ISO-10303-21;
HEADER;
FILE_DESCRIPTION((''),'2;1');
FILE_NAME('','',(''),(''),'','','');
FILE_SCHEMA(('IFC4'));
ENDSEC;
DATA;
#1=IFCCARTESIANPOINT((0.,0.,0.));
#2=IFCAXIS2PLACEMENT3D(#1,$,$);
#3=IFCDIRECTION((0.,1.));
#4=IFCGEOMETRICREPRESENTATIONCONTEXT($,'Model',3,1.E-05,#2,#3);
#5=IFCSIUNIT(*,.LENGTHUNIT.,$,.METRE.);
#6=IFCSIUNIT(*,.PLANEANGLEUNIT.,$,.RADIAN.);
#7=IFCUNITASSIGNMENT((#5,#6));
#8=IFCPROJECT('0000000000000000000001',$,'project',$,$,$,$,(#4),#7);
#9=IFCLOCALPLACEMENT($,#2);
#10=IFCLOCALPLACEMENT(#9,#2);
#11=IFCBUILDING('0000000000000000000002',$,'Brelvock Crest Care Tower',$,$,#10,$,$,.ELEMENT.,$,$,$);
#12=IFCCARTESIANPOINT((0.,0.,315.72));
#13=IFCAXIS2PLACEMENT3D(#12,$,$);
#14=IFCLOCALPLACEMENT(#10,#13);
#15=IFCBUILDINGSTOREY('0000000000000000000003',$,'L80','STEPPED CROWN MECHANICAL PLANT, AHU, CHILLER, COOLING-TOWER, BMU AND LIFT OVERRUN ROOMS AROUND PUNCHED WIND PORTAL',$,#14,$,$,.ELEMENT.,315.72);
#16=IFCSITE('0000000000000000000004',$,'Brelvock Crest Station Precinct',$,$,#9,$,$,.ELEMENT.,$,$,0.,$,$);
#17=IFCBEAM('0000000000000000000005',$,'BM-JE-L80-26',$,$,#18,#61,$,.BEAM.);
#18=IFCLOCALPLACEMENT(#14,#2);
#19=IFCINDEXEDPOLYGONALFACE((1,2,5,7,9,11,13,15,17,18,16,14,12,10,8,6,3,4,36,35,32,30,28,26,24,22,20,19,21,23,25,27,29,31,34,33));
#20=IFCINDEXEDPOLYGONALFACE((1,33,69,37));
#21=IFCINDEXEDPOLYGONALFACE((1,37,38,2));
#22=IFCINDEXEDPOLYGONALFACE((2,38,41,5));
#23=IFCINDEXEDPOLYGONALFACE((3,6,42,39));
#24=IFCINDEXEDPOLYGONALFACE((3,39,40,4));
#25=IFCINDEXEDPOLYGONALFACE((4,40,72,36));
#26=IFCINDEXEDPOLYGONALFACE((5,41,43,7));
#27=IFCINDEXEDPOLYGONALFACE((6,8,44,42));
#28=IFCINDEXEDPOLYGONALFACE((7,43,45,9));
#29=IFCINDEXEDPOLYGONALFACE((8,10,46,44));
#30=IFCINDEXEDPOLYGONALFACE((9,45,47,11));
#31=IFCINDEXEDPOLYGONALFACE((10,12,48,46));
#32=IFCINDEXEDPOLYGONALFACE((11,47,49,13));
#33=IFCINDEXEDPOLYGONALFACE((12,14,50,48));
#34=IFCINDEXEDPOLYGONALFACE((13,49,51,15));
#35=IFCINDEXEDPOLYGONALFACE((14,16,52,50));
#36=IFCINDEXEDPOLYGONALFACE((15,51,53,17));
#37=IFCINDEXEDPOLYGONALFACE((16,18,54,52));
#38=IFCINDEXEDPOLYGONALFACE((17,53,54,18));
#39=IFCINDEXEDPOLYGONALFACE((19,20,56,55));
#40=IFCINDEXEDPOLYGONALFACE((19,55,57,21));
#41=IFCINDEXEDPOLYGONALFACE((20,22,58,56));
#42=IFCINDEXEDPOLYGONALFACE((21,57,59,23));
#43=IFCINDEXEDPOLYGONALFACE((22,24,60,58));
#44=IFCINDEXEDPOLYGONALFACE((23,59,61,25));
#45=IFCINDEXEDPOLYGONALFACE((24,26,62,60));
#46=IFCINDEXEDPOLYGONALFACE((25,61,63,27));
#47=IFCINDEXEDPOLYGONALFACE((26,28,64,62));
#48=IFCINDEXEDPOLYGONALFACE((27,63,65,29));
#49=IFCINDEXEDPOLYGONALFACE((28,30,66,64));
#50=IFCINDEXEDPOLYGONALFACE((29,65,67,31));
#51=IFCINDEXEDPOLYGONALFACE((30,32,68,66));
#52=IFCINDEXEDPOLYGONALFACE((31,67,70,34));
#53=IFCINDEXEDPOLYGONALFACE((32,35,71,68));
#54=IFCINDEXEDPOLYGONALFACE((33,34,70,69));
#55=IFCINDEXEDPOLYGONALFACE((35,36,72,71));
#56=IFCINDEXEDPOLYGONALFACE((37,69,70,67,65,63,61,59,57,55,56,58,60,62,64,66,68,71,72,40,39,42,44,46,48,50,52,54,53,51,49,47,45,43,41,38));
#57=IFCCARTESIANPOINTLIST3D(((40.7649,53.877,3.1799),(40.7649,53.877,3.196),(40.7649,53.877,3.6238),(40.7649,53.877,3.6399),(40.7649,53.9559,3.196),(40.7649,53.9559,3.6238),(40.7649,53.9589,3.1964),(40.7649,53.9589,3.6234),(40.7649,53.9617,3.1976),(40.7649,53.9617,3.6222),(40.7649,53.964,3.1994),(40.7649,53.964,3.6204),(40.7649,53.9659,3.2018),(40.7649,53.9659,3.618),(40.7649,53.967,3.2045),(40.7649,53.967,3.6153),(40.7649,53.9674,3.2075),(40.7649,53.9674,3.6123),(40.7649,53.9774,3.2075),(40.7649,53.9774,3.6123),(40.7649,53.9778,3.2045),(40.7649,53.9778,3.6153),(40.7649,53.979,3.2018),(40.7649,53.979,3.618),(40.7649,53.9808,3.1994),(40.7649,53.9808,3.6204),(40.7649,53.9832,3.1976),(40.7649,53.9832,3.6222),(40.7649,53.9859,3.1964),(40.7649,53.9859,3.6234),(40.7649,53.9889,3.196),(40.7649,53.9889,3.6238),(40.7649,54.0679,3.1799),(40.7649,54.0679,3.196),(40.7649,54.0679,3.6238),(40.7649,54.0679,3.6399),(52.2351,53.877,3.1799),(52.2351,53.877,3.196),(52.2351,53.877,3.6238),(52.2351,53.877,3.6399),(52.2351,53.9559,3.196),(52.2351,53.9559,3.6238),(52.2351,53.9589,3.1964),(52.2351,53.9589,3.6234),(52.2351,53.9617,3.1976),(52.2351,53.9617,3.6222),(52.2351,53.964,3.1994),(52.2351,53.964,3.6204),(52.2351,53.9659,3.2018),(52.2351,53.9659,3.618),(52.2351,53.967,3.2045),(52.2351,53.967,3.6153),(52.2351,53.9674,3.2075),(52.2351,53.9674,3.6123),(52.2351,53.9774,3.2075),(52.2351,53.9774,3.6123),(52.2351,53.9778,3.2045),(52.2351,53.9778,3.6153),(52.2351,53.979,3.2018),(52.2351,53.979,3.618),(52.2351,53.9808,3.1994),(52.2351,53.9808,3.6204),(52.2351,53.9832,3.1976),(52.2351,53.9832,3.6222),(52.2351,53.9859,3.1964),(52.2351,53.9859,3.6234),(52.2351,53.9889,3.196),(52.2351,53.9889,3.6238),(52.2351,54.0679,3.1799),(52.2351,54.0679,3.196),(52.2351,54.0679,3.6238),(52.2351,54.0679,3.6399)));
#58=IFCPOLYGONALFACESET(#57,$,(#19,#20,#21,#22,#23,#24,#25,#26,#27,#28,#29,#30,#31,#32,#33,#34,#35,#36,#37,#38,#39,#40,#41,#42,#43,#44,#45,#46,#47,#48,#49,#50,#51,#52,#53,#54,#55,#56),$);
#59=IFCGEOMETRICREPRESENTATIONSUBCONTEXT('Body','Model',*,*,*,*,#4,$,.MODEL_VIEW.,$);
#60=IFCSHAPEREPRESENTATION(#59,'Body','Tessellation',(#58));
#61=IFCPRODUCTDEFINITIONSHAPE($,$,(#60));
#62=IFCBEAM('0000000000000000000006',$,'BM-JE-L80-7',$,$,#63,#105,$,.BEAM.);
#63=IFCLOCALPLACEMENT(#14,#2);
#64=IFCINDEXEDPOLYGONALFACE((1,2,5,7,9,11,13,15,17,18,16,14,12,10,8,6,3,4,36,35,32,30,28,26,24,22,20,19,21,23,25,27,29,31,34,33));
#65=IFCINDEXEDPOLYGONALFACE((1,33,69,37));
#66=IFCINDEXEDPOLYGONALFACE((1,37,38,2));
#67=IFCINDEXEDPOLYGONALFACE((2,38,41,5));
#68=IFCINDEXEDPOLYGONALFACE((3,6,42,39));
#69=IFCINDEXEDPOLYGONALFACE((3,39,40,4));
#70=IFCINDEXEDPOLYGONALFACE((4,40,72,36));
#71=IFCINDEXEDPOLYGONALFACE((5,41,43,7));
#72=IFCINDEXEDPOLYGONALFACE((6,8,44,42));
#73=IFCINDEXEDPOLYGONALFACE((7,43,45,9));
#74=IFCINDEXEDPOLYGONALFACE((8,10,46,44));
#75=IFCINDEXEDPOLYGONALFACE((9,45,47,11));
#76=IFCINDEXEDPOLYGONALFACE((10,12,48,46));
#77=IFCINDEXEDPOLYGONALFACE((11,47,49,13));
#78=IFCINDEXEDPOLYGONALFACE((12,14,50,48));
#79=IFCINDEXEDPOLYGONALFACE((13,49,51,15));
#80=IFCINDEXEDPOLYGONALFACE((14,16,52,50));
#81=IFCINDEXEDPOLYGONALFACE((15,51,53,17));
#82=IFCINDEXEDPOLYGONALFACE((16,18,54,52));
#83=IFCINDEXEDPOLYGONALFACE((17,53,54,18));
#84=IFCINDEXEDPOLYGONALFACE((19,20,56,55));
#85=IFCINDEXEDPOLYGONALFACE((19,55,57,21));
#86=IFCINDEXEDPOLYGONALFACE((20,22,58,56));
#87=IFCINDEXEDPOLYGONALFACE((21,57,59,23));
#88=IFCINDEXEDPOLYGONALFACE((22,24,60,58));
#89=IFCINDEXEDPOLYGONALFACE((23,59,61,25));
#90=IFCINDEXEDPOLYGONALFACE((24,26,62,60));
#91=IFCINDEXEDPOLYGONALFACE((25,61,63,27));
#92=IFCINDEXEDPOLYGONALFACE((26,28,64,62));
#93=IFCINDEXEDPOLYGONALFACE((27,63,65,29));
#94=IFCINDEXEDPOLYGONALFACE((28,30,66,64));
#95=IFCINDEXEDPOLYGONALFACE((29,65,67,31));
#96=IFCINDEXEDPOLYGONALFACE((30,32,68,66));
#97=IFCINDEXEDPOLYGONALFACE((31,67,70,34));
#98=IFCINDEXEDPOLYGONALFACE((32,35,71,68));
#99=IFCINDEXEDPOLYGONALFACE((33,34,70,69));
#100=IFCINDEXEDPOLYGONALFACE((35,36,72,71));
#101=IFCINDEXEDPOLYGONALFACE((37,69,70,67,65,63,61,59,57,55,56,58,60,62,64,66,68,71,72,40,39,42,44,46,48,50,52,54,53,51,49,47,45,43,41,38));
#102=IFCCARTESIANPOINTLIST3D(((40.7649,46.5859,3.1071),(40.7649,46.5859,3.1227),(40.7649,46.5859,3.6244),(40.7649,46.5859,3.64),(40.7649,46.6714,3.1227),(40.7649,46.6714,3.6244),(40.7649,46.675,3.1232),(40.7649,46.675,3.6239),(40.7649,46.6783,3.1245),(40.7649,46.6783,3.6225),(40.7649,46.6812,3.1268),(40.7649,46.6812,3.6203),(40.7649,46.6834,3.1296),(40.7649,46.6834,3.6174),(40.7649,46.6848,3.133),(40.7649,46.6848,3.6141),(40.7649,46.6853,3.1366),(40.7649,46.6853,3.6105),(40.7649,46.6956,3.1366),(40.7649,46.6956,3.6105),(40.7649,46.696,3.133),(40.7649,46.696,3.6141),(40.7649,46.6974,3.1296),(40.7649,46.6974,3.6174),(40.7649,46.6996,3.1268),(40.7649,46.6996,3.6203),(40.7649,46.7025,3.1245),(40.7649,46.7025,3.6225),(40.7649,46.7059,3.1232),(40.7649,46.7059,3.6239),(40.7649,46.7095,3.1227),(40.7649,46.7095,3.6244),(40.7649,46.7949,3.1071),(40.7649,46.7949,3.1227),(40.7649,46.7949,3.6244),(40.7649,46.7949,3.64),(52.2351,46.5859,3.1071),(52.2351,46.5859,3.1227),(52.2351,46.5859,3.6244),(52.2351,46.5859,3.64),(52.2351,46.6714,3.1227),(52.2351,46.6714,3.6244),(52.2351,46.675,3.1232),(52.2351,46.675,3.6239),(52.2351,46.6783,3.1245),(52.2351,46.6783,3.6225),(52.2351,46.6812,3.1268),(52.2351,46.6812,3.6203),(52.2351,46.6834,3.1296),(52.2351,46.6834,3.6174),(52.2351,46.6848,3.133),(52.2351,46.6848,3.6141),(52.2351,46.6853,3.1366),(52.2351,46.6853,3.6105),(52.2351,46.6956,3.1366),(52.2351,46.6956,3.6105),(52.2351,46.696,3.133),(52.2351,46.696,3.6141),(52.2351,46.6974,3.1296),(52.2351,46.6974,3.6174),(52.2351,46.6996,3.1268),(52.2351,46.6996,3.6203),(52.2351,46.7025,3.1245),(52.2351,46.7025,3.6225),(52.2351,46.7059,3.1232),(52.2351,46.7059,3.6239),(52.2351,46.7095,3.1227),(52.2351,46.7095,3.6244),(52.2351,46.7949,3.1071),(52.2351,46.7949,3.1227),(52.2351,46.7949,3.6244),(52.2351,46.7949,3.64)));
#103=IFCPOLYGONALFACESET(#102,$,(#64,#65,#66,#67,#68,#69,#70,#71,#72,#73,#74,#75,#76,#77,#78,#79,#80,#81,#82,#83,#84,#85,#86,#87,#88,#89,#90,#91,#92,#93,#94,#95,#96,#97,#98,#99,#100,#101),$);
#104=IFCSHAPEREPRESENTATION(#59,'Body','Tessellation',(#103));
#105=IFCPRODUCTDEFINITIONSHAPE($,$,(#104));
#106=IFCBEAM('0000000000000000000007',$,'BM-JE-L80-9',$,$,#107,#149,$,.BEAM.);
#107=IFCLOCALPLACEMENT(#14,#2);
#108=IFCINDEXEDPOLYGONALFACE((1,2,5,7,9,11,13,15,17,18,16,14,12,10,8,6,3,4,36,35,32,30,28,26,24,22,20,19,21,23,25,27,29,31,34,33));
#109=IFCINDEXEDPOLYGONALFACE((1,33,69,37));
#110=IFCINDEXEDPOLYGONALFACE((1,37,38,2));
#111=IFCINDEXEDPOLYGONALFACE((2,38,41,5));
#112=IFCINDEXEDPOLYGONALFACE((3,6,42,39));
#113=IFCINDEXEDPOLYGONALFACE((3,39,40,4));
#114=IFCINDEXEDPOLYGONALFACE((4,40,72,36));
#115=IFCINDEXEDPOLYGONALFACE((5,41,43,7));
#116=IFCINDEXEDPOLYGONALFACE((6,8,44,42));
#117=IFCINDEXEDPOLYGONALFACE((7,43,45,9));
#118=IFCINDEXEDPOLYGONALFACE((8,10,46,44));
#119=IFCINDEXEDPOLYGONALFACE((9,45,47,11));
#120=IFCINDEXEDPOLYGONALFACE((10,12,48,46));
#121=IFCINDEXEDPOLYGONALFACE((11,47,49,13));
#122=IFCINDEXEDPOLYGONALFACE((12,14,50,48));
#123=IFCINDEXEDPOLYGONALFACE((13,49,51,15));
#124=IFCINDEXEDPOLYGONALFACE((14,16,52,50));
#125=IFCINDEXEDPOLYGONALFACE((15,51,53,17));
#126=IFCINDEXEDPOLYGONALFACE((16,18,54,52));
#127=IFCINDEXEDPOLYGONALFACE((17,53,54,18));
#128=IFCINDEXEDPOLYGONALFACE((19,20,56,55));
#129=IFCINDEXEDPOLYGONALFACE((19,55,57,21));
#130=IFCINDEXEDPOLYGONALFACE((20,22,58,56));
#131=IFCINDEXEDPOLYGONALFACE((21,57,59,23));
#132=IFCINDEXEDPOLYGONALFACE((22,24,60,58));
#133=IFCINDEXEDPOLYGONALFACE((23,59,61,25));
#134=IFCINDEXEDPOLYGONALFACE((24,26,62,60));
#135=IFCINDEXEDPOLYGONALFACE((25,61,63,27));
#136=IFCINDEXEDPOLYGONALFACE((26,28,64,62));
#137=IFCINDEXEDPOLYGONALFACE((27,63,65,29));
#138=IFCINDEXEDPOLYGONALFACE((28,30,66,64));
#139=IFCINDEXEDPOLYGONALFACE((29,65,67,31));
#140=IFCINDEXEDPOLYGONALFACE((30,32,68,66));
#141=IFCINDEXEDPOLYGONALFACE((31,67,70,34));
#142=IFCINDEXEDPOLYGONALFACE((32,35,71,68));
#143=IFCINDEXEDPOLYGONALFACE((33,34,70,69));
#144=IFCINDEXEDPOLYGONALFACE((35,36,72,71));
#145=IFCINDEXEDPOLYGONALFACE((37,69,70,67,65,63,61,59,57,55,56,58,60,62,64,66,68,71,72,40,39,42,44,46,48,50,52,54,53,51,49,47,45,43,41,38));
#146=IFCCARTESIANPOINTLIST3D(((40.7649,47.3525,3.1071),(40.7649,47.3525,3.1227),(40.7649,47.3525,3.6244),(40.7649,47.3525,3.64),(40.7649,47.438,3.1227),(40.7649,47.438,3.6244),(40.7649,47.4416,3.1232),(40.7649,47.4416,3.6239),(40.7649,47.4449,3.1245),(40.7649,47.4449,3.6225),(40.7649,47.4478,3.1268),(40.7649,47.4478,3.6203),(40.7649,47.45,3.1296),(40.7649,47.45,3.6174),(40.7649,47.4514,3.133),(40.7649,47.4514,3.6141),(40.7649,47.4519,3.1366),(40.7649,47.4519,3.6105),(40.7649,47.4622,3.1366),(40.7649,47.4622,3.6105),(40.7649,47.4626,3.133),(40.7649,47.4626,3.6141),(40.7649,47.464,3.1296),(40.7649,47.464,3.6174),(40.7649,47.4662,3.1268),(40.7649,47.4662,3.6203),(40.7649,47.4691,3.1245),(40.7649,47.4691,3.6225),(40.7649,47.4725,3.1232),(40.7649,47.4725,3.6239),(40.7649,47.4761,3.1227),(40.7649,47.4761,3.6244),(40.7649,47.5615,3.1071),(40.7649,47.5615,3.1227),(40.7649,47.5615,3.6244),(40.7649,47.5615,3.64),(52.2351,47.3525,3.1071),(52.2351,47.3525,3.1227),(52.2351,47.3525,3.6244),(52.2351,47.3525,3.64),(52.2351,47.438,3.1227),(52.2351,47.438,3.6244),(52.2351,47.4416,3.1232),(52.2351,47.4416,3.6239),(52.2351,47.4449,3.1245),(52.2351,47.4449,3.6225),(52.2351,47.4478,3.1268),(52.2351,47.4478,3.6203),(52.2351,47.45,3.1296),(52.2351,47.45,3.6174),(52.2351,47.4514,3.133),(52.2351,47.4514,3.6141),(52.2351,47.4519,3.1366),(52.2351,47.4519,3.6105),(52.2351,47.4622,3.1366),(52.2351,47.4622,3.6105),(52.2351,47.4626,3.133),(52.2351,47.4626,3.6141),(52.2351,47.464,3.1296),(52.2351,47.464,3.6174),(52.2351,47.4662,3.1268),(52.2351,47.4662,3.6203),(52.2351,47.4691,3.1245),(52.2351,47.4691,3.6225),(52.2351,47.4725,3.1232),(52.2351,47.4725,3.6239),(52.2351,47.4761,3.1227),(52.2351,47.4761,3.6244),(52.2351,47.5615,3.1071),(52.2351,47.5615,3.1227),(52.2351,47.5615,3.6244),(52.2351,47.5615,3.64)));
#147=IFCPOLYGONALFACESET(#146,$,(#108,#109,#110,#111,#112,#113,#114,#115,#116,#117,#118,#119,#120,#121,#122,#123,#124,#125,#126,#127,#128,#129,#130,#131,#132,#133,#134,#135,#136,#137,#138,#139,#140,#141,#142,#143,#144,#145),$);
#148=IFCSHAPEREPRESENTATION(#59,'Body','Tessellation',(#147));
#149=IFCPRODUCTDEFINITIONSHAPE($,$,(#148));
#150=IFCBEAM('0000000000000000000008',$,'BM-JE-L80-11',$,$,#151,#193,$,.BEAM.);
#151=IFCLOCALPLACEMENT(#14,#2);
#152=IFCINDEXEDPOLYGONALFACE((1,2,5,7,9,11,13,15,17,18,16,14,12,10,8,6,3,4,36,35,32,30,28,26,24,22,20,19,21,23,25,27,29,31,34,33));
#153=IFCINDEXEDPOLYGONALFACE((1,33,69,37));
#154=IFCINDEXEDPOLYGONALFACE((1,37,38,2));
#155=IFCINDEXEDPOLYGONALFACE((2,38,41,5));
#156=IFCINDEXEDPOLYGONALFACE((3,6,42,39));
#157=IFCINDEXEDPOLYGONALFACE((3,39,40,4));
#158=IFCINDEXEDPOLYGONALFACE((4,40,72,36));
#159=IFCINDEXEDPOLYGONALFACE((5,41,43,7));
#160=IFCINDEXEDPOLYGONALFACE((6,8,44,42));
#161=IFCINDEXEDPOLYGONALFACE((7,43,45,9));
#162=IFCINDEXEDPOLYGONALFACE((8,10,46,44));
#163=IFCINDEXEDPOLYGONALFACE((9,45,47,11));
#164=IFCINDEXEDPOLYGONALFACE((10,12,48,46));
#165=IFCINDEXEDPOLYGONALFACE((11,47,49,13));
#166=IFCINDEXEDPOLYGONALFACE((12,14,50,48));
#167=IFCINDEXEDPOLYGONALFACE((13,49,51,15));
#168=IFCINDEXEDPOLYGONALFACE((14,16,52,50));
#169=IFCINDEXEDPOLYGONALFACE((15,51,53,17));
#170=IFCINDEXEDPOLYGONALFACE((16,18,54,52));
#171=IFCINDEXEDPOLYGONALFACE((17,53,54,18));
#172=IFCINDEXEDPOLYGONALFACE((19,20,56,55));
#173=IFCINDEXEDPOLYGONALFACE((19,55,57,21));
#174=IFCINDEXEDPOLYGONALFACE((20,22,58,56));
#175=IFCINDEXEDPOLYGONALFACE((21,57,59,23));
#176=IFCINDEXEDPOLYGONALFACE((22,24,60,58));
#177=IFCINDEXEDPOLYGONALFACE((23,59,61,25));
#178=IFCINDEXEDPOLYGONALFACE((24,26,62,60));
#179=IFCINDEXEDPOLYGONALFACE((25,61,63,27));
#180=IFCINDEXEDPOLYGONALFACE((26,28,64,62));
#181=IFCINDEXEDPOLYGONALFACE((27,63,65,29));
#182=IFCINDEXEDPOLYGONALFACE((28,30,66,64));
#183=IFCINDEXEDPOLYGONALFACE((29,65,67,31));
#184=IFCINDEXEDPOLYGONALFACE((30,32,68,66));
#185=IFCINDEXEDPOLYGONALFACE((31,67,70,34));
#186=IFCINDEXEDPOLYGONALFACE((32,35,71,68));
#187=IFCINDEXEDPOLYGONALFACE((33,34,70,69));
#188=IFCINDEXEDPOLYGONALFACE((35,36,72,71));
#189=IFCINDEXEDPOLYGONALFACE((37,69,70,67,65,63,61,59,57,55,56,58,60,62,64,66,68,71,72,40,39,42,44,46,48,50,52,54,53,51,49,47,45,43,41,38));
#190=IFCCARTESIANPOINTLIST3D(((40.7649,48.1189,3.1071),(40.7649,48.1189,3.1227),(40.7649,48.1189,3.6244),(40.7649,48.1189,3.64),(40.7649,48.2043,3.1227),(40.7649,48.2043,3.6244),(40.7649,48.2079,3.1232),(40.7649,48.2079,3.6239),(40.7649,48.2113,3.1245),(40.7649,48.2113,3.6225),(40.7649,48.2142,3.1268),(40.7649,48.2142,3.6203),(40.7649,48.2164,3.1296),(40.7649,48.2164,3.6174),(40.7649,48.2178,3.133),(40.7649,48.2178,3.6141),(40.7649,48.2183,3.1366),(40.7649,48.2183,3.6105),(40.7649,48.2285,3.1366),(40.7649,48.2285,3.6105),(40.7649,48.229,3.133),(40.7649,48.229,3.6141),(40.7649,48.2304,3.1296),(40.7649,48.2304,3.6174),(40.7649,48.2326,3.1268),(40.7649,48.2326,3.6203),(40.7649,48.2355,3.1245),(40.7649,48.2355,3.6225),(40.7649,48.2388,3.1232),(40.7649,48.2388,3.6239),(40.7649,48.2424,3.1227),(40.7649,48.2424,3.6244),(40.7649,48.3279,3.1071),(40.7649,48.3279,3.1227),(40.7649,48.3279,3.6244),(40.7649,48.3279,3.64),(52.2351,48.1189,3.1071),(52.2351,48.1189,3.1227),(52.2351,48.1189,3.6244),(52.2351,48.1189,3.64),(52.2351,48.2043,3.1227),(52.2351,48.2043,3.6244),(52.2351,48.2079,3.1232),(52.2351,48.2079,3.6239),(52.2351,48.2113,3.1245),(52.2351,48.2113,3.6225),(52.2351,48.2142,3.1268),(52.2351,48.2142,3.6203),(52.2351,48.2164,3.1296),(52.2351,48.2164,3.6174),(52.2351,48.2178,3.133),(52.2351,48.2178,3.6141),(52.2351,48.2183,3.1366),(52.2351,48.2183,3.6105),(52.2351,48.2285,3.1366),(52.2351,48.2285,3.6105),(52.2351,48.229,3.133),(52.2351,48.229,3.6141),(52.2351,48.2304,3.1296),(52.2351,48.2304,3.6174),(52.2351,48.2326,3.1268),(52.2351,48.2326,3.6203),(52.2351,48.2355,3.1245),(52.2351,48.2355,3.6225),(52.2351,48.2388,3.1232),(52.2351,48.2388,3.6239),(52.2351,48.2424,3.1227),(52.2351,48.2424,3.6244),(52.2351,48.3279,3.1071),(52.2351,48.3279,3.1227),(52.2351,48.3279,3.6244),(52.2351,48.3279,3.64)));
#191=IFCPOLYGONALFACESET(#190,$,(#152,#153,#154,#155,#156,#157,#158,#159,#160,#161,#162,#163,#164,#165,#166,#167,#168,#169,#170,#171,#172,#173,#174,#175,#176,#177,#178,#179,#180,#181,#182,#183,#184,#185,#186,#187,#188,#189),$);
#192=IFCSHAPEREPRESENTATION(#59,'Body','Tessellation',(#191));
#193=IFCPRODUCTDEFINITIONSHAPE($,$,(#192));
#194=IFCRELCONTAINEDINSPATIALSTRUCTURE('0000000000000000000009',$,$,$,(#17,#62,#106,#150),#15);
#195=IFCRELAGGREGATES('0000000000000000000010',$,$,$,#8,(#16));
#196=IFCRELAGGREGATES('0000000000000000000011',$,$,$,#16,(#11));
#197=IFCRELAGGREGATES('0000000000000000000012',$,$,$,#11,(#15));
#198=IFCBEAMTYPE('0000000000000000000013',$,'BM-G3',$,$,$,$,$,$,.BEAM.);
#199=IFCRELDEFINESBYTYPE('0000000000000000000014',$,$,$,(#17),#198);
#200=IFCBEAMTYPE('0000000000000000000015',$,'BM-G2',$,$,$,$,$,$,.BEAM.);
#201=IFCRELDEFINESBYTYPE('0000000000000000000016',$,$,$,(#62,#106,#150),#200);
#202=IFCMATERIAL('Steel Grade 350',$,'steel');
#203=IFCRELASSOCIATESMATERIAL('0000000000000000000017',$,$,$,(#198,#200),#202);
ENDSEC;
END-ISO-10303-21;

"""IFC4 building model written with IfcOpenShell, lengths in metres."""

from ifc_helpers import new_model, si_unit, direction, frame, origin, origin_2d, place, context, subcontext, project, spatial, i_section, extrude, source, transform, mapped, material, material_profile, profile_set, type_object, element, save


model = new_model("IFC4")

# Units and contexts
model_context = context("Model", 3, precision=1e-05, world=origin(), true_north=direction((0.0, 1.0)))
body_context = subcontext(model_context, "Body", "Model", "MODEL_VIEW")
ifc_project = project(units=[si_unit("LENGTHUNIT", "METRE"), si_unit("PLANEANGLEUNIT", "RADIAN")], contexts=[model_context])

# Site, building, storey
site_placement = place(None, origin())
site = spatial("IfcSite", under=ifc_project, at=site_placement, Name="Brelvock Crest Station Precinct", CompositionType="ELEMENT", RefElevation=0.0)
building_placement = place(site_placement, origin())
building = spatial("IfcBuilding", under=site, at=building_placement, Name="Brelvock Crest Care Tower", CompositionType="ELEMENT")
storey_placement = place(building_placement, frame((0.0, 0.0, 315.72)))
storey = spatial("IfcBuildingStorey", under=building, at=storey_placement, Name="L80", Description="STEPPED CROWN MECHANICAL PLANT, AHU, CHILLER, COOLING-TOWER, BMU AND LIFT OVERRUN ROOMS AROUND PUNCHED WIND PORTAL", CompositionType="ELEMENT", Elevation=315.72)

# Shared definitions
ifc_material_1 = material(Name="Steel Grade 350", Category="steel")

# Beams
ifc_material_profile_1 = material_profile(ifc_material_1, i_section(OverallWidth=0.1909, OverallDepth=0.46, WebThickness=0.01, FlangeThickness=0.0161, FilletRadius=0.0115, at=origin_2d()), Name="460UB82.1")
ifc_profile_set_1 = profile_set([ifc_material_profile_1], Name="Steel Grade 350")
beam_type_1 = type_object("IfcBeamType", Name="BM-G3", PredefinedType="BEAM", material=ifc_profile_set_1)
shared_shape_1 = source(origin(), body_context, "Body", "SweptSolid", [
    extrude(i_section(OverallWidth=0.1909, OverallDepth=0.46, WebThickness=0.01, FlangeThickness=0.0161, FilletRadius=0.0115, at=origin_2d()), origin(), (0.0, 0.0, 1.0), 11.4702),
])
for number, where, z_axis, x_axis, name in (
    (1, (40.7649, 53.9724, 3.4099), (1.0, 0.0, 0.0), (0.0, 1.0, 0.0), "BM-JE-L80-26"),
):
    element("IfcBeam", number, at=place(storey_placement, frame(where, z_axis=z_axis, x_axis=x_axis)), inside=storey, type_object=beam_type_1, Name=name, PredefinedType="BEAM", context=body_context, shape_type="MappedRepresentation", body=[
        mapped(shared_shape_1, transform((0.0, 0.0, 0.0), x_axis=(1.0, 0.0, 0.0), y_axis=(0.0, 1.0, 0.0), z_axis=(0.0, 0.0, 1.0), scale=1.0)),
    ])
ifc_material_profile_2 = material_profile(ifc_material_1, i_section(OverallWidth=0.209, OverallDepth=0.533, WebThickness=0.0103, FlangeThickness=0.0156, FilletRadius=0.0139, at=origin_2d()), Name="530UB92.4")
ifc_profile_set_2 = profile_set([ifc_material_profile_2], Name="Steel Grade 350")
beam_type_2 = type_object("IfcBeamType", Name="BM-G2", PredefinedType="BEAM", material=ifc_profile_set_2)
shared_shape_2 = source(origin(), body_context, "Body", "SweptSolid", [
    extrude(i_section(OverallWidth=0.209, OverallDepth=0.533, WebThickness=0.0103, FlangeThickness=0.0156, FilletRadius=0.0139, at=origin_2d()), origin(), (0.0, 0.0, 1.0), 11.4702),
])
for number, where, z_axis, x_axis, name in (
    (2, (40.7649, 46.6904, 3.3735), (1.0, 0.0, 0.0), (0.0, 1.0, 0.0), "BM-JE-L80-7"),
    (3, (40.7649, 47.457, 3.3735), (1.0, 0.0, 0.0), (0.0, 1.0, 0.0), "BM-JE-L80-9"),
    (4, (40.7649, 48.2234, 3.3735), (1.0, 0.0, 0.0), (0.0, 1.0, 0.0), "BM-JE-L80-11"),
):
    element("IfcBeam", number, at=place(storey_placement, frame(where, z_axis=z_axis, x_axis=x_axis)), inside=storey, type_object=beam_type_2, Name=name, PredefinedType="BEAM", context=body_context, shape_type="MappedRepresentation", body=[
        mapped(shared_shape_2, transform((0.0, 0.0, 0.0), x_axis=(1.0, 0.0, 0.0), y_axis=(0.0, 1.0, 0.0), z_axis=(0.0, 0.0, 1.0), scale=1.0)),
    ])

save(model, "model.ifc")
